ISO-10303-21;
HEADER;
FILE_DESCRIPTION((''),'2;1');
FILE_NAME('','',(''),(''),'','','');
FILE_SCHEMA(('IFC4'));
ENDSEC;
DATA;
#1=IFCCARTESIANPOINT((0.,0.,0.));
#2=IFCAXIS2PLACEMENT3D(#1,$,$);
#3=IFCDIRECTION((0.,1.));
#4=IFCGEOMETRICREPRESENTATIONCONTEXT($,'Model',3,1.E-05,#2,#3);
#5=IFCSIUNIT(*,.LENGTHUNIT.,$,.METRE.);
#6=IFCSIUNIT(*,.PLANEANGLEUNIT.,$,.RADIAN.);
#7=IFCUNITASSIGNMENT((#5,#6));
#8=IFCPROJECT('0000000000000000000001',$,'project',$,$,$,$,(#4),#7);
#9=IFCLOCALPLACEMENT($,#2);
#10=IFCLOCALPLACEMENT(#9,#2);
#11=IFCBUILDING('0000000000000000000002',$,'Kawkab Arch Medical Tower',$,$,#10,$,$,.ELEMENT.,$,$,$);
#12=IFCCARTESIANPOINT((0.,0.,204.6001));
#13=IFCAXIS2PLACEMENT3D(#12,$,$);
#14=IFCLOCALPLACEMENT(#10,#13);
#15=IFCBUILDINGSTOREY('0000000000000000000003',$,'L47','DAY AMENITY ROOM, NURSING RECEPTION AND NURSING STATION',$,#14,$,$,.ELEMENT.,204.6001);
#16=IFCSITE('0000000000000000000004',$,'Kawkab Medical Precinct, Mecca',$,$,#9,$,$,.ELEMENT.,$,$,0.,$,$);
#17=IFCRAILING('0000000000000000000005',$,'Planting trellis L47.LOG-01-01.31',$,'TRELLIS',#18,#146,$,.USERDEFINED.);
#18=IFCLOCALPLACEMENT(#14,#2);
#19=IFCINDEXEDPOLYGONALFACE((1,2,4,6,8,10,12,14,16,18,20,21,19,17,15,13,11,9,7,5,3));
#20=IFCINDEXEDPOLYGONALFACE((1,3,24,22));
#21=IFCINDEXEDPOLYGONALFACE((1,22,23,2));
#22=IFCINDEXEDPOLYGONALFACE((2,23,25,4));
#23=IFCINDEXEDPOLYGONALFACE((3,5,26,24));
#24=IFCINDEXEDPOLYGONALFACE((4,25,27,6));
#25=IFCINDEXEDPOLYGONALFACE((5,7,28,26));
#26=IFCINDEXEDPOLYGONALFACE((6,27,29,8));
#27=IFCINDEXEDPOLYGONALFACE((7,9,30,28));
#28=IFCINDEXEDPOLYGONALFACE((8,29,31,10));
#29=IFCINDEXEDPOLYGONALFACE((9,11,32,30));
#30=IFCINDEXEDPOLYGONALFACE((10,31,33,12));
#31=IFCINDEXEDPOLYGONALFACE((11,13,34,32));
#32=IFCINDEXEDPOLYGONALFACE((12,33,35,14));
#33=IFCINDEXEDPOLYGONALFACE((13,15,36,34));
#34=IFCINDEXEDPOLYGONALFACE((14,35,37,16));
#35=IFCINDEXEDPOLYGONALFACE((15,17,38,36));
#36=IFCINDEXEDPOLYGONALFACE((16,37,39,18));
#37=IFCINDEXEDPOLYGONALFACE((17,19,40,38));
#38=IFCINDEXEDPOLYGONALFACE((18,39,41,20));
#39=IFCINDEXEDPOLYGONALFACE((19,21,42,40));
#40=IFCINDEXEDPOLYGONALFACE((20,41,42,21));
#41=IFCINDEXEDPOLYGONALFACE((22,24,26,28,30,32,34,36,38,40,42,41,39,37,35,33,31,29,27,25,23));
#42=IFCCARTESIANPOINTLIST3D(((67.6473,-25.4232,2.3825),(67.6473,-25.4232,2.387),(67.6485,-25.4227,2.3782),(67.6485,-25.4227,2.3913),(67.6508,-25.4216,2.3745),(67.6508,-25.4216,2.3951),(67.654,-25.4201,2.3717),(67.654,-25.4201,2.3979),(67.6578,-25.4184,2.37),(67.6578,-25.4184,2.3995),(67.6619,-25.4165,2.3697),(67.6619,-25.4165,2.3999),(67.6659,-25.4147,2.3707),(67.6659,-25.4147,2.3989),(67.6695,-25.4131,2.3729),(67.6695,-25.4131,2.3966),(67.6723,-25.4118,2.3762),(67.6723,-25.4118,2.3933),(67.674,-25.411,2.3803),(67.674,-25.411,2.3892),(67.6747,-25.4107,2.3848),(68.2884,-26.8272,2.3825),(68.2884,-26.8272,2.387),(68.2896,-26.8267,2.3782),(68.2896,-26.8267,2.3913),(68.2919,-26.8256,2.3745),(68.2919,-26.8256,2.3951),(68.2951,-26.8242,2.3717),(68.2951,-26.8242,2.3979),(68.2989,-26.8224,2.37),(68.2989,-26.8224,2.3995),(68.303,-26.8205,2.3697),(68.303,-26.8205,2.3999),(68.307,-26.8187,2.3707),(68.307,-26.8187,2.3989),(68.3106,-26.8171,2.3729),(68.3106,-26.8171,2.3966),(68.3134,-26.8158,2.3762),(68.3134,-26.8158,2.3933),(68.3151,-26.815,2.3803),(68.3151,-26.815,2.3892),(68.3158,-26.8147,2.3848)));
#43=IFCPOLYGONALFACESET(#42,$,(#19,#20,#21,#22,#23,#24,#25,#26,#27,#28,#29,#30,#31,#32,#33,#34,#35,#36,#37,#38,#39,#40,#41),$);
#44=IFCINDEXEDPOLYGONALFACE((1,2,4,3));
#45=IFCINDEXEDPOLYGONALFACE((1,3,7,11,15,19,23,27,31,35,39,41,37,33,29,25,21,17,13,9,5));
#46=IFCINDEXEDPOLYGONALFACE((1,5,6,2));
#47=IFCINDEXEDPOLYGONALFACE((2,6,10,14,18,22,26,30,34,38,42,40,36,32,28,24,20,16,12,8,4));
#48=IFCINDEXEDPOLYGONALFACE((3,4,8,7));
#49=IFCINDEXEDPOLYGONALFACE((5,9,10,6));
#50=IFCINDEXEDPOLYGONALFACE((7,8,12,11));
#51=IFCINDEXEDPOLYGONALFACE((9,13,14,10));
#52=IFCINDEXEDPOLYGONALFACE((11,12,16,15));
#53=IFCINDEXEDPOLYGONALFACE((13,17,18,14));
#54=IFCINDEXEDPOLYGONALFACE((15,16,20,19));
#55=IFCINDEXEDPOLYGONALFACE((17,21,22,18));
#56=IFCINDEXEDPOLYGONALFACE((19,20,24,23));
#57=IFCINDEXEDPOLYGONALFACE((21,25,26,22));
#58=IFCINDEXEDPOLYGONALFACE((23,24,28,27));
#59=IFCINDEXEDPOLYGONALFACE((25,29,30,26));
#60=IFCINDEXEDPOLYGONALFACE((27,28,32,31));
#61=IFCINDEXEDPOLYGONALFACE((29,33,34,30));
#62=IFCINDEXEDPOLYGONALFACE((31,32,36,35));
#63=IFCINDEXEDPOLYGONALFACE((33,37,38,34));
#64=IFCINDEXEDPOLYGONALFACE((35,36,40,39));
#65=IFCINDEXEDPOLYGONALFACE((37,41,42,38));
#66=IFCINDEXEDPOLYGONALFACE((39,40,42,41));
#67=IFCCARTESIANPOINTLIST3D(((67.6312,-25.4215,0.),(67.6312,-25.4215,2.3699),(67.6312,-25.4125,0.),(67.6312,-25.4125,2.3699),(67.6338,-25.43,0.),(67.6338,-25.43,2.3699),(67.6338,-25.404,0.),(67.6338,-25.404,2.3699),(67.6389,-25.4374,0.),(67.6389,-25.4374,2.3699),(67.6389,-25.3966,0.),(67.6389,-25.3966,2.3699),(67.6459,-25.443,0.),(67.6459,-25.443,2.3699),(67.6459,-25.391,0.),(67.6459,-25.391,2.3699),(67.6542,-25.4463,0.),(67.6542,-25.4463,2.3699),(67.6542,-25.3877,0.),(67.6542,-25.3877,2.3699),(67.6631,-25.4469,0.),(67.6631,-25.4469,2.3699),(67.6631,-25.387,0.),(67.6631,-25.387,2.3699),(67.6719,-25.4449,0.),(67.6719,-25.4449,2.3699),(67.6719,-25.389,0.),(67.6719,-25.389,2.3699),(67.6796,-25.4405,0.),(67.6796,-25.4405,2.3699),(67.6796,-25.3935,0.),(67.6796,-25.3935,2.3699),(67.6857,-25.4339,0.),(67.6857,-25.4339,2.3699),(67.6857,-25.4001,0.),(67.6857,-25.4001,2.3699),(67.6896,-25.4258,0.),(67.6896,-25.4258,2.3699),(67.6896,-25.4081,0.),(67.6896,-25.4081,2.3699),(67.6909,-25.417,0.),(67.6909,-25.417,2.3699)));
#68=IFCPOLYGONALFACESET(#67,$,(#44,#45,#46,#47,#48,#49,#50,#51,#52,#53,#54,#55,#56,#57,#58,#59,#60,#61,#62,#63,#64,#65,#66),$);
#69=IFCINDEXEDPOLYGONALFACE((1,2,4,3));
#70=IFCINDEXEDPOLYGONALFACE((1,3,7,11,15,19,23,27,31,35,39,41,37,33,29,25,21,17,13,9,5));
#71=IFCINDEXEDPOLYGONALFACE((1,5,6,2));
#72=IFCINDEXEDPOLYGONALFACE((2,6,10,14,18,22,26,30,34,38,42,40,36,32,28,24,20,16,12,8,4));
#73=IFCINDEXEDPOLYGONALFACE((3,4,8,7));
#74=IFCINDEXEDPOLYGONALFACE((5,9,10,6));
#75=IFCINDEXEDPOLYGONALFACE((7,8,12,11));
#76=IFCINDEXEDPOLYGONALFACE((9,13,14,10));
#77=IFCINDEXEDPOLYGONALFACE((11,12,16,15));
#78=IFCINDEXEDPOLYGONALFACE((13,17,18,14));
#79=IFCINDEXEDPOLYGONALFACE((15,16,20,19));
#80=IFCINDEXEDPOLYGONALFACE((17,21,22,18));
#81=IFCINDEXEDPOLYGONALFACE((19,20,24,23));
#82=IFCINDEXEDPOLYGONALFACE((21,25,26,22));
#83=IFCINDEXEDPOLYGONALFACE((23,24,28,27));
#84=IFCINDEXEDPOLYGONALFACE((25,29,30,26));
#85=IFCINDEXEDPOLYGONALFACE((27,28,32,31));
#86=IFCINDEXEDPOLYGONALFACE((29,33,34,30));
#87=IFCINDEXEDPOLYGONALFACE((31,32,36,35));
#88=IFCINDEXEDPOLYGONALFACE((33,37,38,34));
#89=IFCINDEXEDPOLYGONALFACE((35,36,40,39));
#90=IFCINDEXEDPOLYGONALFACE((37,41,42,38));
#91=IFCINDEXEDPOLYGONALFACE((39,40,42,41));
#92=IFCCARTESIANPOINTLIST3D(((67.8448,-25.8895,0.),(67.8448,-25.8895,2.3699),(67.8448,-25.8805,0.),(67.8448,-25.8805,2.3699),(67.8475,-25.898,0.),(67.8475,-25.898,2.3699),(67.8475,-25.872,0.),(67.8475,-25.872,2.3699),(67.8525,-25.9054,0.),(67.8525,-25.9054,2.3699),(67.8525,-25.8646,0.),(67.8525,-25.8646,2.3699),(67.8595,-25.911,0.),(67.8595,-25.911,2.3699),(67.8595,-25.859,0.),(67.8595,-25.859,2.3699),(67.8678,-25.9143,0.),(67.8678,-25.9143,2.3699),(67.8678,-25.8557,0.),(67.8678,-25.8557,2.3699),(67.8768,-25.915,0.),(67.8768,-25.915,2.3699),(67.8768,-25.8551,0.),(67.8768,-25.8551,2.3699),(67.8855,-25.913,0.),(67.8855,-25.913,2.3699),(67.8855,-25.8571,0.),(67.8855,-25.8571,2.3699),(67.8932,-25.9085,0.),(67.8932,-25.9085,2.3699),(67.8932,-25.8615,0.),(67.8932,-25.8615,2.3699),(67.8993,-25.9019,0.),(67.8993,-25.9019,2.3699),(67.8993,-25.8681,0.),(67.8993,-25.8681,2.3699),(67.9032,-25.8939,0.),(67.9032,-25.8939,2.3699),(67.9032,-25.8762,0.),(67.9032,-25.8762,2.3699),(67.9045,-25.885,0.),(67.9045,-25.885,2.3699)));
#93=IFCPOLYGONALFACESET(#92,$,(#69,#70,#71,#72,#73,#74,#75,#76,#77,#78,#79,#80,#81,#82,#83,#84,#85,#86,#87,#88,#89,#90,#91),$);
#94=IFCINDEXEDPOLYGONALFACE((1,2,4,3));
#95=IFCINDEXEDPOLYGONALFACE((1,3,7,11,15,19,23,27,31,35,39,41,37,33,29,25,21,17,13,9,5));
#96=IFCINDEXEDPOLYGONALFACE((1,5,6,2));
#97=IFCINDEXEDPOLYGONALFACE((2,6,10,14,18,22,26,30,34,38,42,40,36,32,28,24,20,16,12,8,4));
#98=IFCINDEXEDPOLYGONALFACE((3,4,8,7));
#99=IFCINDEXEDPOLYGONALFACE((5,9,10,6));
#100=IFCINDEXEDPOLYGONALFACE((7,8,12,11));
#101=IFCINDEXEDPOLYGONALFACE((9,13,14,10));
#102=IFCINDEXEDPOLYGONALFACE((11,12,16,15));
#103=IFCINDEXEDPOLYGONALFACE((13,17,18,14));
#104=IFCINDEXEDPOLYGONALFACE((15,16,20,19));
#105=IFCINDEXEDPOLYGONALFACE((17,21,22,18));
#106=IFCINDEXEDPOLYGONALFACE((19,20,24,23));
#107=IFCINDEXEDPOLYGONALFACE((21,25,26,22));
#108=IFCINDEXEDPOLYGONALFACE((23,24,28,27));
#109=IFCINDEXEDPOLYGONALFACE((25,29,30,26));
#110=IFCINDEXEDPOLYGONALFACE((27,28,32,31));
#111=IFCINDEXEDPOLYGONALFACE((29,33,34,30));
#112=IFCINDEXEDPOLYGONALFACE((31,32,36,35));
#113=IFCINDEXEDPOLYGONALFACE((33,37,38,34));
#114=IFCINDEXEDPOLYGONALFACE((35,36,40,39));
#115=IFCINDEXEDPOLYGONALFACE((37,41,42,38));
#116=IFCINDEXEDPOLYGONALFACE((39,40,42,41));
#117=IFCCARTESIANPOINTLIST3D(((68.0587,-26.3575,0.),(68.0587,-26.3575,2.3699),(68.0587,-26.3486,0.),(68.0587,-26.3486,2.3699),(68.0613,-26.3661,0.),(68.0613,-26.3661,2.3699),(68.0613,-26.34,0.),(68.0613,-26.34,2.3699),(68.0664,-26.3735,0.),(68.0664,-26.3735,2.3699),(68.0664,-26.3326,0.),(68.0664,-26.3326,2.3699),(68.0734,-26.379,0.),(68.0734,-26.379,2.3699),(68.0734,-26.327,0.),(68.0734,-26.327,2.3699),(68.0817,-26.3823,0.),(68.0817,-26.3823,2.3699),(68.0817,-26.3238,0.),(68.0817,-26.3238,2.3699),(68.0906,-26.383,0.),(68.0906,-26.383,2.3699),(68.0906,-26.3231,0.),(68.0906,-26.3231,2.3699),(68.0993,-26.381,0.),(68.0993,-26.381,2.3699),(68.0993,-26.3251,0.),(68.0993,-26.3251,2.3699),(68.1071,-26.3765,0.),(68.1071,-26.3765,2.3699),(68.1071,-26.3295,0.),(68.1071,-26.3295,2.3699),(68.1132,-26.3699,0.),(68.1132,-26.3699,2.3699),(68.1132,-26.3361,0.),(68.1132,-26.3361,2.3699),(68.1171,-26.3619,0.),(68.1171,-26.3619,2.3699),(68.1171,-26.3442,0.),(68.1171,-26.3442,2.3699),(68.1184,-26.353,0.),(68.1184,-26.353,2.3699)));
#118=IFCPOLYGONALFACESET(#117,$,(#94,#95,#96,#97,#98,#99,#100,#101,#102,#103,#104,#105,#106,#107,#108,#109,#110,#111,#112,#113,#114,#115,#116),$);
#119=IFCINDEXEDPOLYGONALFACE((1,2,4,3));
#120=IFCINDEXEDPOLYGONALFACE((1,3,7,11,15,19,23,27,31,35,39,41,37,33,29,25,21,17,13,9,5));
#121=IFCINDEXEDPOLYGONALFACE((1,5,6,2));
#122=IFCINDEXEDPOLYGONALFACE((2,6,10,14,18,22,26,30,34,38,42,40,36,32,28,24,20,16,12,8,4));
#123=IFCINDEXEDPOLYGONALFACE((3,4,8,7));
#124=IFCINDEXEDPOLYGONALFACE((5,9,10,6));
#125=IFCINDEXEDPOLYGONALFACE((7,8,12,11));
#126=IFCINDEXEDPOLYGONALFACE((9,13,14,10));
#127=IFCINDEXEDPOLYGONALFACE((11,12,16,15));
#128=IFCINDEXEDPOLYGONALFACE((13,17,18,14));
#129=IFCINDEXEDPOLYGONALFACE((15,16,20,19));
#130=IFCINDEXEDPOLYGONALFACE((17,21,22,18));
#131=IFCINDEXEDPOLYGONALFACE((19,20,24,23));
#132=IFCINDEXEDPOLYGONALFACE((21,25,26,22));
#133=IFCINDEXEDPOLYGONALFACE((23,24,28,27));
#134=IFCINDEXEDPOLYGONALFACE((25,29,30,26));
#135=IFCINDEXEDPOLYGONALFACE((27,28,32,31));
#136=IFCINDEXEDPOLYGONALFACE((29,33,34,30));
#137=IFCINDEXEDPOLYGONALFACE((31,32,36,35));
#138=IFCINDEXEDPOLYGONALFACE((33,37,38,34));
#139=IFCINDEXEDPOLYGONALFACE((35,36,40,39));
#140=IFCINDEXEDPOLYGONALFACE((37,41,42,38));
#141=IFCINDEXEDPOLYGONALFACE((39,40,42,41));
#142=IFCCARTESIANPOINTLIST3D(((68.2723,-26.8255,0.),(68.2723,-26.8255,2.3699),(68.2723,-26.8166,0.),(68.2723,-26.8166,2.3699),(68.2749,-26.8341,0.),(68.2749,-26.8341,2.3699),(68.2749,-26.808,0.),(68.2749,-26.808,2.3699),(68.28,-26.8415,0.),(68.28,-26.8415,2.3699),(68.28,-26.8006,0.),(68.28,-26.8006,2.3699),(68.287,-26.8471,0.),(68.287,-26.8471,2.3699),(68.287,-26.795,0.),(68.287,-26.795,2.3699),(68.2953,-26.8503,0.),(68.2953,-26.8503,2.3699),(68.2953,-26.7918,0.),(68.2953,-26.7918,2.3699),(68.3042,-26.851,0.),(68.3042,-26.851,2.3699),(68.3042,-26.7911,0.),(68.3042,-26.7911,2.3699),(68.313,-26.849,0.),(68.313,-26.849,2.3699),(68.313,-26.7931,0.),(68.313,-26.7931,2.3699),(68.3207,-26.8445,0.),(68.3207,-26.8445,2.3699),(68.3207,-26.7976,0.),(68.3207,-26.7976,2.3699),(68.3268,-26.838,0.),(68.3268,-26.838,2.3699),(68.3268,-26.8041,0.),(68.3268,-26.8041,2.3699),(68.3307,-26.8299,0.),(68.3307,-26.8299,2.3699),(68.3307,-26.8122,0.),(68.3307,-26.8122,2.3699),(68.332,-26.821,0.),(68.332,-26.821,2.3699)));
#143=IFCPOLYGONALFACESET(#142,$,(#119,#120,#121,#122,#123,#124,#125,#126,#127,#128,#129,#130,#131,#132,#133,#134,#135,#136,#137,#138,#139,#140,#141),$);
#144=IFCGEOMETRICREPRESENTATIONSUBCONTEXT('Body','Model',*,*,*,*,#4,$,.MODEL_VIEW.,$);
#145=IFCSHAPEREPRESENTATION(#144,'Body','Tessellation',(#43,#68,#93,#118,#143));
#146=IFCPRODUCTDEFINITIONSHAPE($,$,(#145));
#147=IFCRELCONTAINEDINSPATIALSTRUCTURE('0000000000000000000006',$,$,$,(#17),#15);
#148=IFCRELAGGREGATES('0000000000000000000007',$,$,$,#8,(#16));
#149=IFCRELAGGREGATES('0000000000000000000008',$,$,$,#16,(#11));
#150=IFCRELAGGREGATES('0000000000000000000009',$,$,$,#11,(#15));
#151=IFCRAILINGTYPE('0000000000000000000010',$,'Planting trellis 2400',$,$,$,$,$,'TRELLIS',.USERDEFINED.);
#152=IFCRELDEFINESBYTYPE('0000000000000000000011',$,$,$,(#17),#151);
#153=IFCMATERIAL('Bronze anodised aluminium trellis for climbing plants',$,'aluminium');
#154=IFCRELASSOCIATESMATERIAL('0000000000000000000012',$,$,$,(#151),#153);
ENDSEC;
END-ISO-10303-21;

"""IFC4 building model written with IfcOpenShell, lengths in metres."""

from ifc_helpers import new_model, si_unit, direction, frame, origin, origin_2d, place, context, subcontext, project, spatial, circle, extrude, material, type_object, element, save


model = new_model("IFC4")

# Units and contexts
model_context = context("Model", 3, precision=1e-05, world=origin(), true_north=direction((0.0, 1.0)))
body_context = subcontext(model_context, "Body", "Model", "MODEL_VIEW")
ifc_project = project(units=[si_unit("LENGTHUNIT", "METRE"), si_unit("PLANEANGLEUNIT", "RADIAN")], contexts=[model_context])

# Site, building, storey
site_placement = place(None, origin())
site = spatial("IfcSite", under=ifc_project, at=site_placement, Name="Kawkab Medical Precinct, Mecca", CompositionType="ELEMENT", RefElevation=0.0)
building_placement = place(site_placement, origin())
building = spatial("IfcBuilding", under=site, at=building_placement, Name="Kawkab Arch Medical Tower", CompositionType="ELEMENT")
storey_placement = place(building_placement, frame((0.0, 0.0, 204.6001)))
storey = spatial("IfcBuildingStorey", under=building, at=storey_placement, Name="L47", Description="DAY AMENITY ROOM, NURSING RECEPTION AND NURSING STATION", CompositionType="ELEMENT", Elevation=204.6001)

# Railing
ifc_material_1 = material(Name="Bronze anodised aluminium trellis for climbing plants", Category="aluminium")
railing_type = type_object("IfcRailingType", Name="Planting trellis 2400", ElementType="TRELLIS", PredefinedType="USERDEFINED", material=ifc_material_1)
railing_1_placement = place(storey_placement, frame((67.6609, -25.417, 0.0)))
element("IfcRailing", 1, at=railing_1_placement, inside=storey, type_object=railing_type, Name="Planting trellis L47.LOG-01-01.31", ObjectType="TRELLIS", PredefinedType="USERDEFINED", context=body_context, shape_type="SweptSolid", body=[
    extrude(circle(Radius=0.0151, at=origin_2d()), frame((0.0, 0.0, 2.3848), z_axis=(0.415363, -0.909656, 0.0), x_axis=(0.909656, 0.415363, 0.0)), (0.0, 0.0, 1.0), 1.5435),
    extrude(circle(Radius=0.03, at=origin_2d()), origin(), (0.0, 0.0, 1.0), 2.3699),
    extrude(circle(Radius=0.03, at=origin_2d()), frame((0.2136, -0.468, 0.0)), (0.0, 0.0, 1.0), 2.3699),
    extrude(circle(Radius=0.03, at=origin_2d()), frame((0.4275, -0.936, 0.0)), (0.0, 0.0, 1.0), 2.3699),
    extrude(circle(Radius=0.03, at=origin_2d()), frame((0.6411, -1.4041, 0.0)), (0.0, 0.0, 1.0), 2.3699),
])

save(model, "model.ifc")
